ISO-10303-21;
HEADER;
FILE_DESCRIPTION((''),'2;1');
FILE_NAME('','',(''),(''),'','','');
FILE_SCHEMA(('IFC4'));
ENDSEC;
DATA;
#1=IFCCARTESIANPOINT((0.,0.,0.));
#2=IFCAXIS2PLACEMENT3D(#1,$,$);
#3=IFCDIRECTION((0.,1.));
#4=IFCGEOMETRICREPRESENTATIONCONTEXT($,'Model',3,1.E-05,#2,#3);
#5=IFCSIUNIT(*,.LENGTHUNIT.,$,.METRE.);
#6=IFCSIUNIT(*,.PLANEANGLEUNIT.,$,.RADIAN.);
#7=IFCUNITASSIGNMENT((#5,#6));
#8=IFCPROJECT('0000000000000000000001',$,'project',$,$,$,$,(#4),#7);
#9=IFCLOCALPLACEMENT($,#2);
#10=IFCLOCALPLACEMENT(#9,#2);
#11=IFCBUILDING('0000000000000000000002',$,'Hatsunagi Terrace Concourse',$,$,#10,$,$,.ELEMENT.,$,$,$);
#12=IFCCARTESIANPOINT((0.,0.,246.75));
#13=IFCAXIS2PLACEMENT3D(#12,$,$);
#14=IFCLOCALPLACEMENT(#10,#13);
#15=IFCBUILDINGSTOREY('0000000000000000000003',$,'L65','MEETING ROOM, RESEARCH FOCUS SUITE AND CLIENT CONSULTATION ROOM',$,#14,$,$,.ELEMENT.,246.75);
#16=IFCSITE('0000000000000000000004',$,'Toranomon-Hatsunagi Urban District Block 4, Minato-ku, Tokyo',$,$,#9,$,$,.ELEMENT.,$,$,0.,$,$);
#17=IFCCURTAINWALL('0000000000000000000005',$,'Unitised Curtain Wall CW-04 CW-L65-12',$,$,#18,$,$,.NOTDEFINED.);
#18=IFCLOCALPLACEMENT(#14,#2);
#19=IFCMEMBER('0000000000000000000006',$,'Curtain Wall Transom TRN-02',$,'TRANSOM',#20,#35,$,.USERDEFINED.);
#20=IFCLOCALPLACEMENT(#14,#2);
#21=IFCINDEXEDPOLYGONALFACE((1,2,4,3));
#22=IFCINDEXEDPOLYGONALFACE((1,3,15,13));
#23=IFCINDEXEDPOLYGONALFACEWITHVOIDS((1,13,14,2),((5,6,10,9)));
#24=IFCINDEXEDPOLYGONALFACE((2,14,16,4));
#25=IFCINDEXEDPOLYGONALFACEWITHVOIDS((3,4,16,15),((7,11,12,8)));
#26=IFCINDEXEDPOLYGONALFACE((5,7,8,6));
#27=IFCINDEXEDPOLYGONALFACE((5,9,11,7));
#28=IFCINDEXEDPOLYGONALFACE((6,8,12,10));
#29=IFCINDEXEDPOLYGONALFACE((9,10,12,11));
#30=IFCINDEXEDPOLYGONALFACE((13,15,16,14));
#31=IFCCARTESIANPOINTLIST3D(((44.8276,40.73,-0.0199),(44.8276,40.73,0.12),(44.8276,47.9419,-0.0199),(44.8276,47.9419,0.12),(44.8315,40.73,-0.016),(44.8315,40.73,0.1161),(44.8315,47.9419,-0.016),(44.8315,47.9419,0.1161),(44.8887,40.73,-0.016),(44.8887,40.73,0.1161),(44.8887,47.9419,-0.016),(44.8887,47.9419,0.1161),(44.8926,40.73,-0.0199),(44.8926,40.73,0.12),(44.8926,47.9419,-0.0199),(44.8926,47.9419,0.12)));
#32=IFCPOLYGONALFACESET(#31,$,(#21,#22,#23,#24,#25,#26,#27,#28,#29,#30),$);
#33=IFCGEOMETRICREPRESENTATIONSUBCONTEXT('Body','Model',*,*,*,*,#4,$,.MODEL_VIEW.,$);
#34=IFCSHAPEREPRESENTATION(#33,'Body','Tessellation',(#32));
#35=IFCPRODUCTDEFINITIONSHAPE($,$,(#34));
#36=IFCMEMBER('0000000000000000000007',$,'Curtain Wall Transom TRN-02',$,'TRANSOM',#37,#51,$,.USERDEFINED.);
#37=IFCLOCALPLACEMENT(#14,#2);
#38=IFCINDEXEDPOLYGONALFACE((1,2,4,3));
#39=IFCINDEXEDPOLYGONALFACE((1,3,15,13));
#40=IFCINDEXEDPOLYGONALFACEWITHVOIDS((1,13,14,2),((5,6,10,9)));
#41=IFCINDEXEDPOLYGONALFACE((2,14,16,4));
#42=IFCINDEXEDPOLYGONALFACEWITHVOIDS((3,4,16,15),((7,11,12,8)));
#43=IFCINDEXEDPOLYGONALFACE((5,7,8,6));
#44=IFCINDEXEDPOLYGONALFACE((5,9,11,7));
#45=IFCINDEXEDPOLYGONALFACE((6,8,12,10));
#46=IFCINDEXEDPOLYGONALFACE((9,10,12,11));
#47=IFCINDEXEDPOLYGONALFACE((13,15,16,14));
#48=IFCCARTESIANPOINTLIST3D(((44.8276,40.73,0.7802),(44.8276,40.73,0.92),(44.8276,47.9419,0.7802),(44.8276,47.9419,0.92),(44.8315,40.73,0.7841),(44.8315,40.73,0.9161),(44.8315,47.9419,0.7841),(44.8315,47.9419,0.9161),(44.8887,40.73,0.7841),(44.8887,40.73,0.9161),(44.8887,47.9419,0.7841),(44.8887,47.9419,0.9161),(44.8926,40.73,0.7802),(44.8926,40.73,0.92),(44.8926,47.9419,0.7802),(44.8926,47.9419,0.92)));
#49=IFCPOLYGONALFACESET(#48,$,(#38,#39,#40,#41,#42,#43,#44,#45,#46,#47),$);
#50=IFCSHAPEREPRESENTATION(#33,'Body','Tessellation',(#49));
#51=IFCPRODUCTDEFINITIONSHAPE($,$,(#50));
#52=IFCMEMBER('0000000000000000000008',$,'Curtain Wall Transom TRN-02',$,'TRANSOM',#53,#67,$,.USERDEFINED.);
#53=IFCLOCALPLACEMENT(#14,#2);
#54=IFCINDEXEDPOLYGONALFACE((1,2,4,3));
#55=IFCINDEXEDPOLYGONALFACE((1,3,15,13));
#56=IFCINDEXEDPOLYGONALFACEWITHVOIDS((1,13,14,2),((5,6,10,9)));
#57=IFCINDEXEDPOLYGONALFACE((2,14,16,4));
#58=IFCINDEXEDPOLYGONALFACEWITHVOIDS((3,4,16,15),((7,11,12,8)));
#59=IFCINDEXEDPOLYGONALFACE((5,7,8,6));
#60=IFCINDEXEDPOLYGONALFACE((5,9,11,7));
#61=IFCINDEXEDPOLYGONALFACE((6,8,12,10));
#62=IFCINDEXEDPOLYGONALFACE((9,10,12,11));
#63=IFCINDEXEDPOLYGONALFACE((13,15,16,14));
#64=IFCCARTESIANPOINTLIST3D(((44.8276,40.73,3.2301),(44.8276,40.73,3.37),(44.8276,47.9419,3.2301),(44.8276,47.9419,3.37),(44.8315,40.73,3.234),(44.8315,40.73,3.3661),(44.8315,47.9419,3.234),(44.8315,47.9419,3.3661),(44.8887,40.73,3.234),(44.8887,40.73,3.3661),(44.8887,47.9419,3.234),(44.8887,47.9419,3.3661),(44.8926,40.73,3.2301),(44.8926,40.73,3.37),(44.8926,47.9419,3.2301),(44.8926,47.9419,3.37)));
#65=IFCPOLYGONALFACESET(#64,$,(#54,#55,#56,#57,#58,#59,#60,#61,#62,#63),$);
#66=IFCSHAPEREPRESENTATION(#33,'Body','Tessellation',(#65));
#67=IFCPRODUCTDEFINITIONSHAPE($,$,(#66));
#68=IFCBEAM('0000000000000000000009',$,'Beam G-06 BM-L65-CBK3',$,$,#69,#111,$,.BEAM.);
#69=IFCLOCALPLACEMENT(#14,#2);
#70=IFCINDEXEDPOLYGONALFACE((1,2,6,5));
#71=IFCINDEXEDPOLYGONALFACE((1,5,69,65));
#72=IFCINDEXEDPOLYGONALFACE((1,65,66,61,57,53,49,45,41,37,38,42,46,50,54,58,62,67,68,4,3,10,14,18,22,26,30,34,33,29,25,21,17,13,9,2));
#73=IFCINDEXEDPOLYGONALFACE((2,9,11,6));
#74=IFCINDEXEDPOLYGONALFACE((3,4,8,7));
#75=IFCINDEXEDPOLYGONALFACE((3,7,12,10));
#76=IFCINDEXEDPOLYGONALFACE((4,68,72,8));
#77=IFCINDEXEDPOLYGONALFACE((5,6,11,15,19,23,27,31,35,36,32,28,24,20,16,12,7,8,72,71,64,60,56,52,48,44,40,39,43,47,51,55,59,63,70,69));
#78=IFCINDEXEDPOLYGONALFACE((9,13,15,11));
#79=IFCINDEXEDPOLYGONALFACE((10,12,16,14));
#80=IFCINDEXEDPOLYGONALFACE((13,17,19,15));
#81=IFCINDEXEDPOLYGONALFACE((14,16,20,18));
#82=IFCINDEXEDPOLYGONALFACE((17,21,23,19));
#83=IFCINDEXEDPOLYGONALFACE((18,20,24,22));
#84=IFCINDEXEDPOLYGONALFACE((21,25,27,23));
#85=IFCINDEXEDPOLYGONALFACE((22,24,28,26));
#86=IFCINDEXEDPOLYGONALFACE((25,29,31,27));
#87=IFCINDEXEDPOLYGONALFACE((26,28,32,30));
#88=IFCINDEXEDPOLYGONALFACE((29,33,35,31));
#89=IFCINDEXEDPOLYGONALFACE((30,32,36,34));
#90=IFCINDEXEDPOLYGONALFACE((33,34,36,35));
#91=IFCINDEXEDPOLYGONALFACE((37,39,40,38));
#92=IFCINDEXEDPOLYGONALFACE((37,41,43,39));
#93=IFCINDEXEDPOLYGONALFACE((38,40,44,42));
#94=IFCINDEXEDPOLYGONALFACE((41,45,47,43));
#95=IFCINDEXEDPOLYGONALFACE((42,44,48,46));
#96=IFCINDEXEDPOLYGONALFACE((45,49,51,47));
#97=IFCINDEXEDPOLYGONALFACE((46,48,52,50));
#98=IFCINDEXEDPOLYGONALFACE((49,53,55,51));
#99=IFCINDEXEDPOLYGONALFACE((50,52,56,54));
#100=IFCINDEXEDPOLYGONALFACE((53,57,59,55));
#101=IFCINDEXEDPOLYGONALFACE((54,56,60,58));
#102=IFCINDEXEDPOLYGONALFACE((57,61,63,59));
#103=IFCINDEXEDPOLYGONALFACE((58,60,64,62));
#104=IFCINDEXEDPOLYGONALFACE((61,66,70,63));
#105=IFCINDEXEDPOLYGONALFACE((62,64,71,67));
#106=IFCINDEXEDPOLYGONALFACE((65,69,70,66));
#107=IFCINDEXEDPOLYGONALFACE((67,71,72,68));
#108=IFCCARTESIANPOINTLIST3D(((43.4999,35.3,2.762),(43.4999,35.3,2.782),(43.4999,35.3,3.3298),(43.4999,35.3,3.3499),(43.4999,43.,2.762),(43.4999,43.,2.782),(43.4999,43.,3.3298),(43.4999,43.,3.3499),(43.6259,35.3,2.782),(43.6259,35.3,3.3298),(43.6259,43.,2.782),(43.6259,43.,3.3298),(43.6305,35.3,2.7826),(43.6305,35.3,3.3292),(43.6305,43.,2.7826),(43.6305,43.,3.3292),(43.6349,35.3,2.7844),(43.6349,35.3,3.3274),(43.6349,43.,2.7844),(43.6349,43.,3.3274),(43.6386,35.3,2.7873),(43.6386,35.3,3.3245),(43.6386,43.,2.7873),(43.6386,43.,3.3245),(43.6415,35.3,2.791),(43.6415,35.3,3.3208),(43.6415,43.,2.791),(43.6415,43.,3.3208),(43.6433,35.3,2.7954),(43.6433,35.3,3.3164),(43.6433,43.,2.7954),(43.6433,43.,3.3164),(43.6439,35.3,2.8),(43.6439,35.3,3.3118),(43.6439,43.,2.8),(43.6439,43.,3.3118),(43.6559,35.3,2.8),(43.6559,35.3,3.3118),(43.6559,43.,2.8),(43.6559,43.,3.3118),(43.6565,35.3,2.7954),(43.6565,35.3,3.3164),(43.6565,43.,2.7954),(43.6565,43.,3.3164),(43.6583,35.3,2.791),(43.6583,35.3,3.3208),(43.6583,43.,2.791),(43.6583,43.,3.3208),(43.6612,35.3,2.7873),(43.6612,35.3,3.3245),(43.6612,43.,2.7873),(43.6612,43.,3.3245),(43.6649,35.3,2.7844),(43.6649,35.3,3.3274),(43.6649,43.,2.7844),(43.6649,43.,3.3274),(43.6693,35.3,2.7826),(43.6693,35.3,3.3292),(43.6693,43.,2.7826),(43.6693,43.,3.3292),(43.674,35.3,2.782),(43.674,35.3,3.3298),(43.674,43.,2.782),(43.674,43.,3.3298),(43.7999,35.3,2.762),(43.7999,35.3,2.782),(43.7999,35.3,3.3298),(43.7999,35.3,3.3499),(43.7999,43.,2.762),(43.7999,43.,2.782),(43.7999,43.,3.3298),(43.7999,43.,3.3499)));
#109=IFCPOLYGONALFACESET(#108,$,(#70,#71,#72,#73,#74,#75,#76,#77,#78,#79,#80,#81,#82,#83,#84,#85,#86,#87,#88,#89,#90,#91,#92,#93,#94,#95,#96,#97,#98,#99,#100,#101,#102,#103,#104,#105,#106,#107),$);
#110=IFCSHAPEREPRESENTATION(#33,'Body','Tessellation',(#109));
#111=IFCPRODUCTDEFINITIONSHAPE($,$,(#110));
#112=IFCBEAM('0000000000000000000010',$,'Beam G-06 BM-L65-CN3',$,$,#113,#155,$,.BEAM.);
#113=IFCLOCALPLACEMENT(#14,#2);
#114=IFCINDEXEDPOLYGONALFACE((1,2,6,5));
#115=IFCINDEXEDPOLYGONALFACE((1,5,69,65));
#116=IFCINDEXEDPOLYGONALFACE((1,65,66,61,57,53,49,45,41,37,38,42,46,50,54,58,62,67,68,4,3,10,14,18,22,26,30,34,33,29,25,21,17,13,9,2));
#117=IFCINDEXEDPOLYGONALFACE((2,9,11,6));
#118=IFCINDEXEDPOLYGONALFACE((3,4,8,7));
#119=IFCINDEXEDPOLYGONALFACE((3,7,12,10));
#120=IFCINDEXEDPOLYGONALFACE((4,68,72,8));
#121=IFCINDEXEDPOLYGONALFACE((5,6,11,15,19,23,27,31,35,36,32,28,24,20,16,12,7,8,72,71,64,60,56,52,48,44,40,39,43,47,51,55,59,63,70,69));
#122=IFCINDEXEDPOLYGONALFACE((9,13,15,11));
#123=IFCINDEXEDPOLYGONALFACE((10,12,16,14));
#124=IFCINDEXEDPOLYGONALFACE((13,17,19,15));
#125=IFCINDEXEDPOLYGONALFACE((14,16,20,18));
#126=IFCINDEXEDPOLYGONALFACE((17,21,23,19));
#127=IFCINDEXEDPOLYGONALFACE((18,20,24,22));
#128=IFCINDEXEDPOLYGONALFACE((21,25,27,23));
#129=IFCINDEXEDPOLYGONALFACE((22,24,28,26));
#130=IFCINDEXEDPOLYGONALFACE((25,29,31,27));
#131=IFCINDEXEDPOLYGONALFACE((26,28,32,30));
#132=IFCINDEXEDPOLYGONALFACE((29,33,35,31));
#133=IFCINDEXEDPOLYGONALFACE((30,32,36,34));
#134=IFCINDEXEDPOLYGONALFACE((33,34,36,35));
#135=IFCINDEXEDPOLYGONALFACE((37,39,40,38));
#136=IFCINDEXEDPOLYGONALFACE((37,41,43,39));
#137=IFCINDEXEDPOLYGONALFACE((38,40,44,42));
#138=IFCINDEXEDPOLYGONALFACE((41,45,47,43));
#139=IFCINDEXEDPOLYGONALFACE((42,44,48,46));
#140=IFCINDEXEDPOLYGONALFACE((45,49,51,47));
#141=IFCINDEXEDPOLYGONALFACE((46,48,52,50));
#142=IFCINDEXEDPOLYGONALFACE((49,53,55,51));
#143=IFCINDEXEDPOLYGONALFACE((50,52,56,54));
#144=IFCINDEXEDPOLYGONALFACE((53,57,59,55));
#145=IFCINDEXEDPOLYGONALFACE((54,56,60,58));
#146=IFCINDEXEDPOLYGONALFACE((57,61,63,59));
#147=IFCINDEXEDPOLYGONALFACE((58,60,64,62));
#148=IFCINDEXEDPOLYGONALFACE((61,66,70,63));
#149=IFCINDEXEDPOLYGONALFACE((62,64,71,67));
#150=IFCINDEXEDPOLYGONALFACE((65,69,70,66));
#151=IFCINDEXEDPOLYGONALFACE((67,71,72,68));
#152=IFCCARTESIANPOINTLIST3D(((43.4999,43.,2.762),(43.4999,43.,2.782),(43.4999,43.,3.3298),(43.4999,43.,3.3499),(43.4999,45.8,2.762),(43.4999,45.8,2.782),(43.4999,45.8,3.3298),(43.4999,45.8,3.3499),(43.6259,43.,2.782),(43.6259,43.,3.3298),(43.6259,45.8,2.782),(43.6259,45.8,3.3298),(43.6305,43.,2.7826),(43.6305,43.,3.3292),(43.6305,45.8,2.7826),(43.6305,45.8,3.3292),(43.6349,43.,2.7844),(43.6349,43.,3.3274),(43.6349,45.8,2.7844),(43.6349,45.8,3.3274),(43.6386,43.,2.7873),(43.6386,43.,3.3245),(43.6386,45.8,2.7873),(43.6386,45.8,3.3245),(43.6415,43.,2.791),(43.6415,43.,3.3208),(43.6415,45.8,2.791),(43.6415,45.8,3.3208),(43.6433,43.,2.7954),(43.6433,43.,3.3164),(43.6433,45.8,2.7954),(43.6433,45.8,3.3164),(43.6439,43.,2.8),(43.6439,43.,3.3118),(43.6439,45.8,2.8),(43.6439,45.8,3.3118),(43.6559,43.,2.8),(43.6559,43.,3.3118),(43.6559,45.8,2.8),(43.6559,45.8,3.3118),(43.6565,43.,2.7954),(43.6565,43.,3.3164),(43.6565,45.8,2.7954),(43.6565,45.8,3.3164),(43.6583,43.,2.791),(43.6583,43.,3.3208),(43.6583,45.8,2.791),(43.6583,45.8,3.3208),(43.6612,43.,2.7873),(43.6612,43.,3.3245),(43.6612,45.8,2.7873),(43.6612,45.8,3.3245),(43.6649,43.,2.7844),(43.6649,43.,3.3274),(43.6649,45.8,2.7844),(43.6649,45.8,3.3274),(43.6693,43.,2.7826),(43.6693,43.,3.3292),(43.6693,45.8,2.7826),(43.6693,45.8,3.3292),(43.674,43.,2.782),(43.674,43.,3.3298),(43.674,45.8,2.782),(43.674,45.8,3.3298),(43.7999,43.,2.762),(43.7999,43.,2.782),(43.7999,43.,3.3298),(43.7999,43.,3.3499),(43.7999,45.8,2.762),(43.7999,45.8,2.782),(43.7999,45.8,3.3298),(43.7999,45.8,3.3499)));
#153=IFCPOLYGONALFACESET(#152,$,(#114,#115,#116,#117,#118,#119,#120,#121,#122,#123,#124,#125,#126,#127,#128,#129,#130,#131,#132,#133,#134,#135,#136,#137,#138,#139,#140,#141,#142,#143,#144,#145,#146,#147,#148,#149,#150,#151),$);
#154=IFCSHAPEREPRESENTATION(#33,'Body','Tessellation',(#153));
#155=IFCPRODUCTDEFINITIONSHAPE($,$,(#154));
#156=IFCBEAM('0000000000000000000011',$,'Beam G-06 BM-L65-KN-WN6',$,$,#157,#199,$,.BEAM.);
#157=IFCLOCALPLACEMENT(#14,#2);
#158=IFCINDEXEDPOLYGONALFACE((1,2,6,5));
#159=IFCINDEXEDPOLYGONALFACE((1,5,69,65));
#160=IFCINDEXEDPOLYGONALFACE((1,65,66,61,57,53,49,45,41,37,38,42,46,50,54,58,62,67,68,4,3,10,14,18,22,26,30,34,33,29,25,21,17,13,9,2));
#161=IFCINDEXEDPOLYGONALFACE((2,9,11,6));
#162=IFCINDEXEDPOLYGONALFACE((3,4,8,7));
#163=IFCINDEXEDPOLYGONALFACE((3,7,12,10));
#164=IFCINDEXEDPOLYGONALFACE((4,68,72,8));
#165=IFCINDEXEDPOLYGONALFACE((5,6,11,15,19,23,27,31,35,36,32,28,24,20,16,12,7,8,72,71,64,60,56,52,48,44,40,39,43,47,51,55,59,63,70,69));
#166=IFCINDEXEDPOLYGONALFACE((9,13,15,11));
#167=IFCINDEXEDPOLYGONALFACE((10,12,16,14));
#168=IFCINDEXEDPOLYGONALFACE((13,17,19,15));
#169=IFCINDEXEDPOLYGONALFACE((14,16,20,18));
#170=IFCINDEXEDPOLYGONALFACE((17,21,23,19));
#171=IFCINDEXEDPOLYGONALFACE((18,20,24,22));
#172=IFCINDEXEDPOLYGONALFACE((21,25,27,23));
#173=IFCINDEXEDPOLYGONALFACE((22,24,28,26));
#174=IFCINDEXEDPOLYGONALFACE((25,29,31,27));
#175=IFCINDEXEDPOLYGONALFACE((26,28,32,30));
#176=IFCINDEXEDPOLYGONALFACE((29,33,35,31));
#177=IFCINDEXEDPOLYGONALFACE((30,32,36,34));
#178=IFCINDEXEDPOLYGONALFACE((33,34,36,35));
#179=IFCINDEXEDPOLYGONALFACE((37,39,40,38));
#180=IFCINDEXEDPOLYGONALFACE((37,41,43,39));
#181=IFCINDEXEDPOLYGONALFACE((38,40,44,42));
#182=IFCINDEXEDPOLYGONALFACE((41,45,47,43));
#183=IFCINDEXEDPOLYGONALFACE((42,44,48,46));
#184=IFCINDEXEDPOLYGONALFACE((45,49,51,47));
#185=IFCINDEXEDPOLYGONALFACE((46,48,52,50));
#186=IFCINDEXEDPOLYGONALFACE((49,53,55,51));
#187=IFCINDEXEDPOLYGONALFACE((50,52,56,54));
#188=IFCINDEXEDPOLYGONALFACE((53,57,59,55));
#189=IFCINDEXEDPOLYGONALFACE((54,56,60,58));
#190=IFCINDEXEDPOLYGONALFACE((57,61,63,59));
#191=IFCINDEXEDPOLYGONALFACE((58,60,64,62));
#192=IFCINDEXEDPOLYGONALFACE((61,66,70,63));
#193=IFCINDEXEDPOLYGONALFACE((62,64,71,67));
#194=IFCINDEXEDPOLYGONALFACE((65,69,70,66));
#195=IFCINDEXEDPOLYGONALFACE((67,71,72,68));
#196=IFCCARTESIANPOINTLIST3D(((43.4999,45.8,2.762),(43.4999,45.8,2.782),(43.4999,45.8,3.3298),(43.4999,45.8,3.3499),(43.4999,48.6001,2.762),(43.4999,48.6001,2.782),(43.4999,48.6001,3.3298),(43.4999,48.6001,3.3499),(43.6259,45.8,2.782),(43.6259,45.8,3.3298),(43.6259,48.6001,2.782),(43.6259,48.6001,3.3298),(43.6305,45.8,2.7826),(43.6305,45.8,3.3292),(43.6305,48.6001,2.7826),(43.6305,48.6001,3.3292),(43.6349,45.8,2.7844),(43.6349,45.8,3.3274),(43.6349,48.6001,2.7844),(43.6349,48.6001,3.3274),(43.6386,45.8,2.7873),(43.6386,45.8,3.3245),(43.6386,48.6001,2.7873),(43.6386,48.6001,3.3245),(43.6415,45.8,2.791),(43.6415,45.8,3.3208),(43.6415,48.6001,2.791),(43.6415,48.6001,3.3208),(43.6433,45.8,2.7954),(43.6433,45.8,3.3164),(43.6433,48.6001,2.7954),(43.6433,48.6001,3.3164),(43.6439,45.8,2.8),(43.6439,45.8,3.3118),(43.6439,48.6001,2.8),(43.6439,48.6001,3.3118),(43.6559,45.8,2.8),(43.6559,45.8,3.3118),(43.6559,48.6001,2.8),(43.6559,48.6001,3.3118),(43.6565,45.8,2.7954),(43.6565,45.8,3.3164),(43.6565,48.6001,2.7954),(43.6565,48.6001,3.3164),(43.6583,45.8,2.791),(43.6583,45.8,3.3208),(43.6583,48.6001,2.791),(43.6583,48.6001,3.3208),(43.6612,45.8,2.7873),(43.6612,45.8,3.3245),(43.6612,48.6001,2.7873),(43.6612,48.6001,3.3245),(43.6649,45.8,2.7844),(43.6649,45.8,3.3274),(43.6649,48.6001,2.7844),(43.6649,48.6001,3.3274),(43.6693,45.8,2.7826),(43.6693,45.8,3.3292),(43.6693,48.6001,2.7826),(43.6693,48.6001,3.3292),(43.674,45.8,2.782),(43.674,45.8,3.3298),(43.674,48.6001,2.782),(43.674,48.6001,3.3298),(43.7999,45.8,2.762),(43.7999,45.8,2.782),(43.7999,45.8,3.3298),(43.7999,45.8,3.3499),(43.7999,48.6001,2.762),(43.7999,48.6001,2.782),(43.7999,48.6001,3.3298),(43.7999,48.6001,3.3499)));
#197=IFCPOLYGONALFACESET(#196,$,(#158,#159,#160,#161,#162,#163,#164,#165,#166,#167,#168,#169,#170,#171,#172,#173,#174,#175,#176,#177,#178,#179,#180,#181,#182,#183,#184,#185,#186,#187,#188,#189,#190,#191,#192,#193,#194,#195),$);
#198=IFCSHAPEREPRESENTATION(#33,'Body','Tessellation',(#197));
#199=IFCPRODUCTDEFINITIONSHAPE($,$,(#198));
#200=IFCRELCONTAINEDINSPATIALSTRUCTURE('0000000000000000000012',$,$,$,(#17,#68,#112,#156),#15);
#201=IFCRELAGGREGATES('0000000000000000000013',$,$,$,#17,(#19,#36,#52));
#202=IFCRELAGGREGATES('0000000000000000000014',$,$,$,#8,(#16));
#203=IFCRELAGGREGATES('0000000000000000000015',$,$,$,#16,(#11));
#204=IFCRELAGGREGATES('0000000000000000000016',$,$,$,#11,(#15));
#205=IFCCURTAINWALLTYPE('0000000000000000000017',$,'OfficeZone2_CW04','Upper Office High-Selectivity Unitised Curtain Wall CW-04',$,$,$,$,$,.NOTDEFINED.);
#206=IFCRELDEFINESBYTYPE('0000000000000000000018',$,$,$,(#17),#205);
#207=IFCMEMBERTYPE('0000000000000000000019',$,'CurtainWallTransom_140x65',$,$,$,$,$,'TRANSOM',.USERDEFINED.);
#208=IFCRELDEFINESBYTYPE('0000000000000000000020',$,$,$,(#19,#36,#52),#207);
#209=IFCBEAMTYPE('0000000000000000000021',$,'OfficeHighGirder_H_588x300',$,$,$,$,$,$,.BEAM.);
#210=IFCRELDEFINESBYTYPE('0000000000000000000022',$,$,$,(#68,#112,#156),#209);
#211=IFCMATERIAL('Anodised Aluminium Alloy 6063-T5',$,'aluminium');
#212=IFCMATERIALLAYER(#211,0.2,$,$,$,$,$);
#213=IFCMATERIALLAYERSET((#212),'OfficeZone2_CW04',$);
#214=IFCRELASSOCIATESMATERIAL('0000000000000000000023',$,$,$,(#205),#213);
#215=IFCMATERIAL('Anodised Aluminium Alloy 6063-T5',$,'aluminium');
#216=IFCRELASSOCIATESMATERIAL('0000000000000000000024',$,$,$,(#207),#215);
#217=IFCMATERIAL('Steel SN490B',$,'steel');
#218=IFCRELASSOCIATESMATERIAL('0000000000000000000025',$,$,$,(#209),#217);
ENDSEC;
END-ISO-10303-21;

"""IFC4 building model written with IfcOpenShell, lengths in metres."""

from ifc_helpers import new_model, si_unit, direction, frame, origin, origin_2d, place, context, subcontext, project, spatial, hollow_rectangle, i_section, extrude, material, layer, layer_set, material_profile, profile_set, type_object, element, aggregate, save


model = new_model("IFC4")

# Units and contexts
model_context = context("Model", 3, precision=1e-05, world=origin(), true_north=direction((0.0, 1.0)))
body_context = subcontext(model_context, "Body", "Model", "MODEL_VIEW")
ifc_project = project(units=[si_unit("LENGTHUNIT", "METRE"), si_unit("PLANEANGLEUNIT", "RADIAN")], contexts=[model_context])

# Site, building, storey
site_placement = place(None, origin())
site = spatial("IfcSite", under=ifc_project, at=site_placement, Name="Toranomon-Hatsunagi Urban District Block 4, Minato-ku, Tokyo", CompositionType="ELEMENT", RefElevation=0.0)
building_placement = place(site_placement, origin())
building = spatial("IfcBuilding", under=site, at=building_placement, Name="Hatsunagi Terrace Concourse", CompositionType="ELEMENT")
storey_placement = place(building_placement, frame((0.0, 0.0, 246.75)))
storey = spatial("IfcBuildingStorey", under=building, at=storey_placement, Name="L65", Description="MEETING ROOM, RESEARCH FOCUS SUITE AND CLIENT CONSULTATION ROOM", CompositionType="ELEMENT", Elevation=246.75)

# Curtain wall
ifc_material_1 = material(Name="Anodised Aluminium Alloy 6063-T5", Category="aluminium")
ifc_layer_1 = layer(ifc_material_1, 0.2)
ifc_layer_set_1 = layer_set([ifc_layer_1], Name="OfficeZone2_CW04")
curtain_wall_type = type_object("IfcCurtainWallType", Name="OfficeZone2_CW04", Description="Upper Office High-Selectivity Unitised Curtain Wall CW-04", PredefinedType="NOTDEFINED", material=ifc_layer_set_1)
curtain_wall_1_placement = place(storey_placement, origin())
curtain_wall_1 = element("IfcCurtainWall", 1, at=curtain_wall_1_placement, inside=storey, type_object=curtain_wall_type, Name="Unitised Curtain Wall CW-04 CW-L65-12", PredefinedType="NOTDEFINED")
ifc_material_2 = material(Name="Anodised Aluminium Alloy 6063-T5", Category="aluminium")
ifc_material_profile_1 = material_profile(ifc_material_2, hollow_rectangle(XDim=0.0649, YDim=0.1399, WallThickness=0.0039, at=origin_2d()), Name="ALU-TRN-140x65x4")
ifc_profile_set_1 = profile_set([ifc_material_profile_1], Name="Anodised Aluminium Alloy 6063-T5")
member_type_1 = type_object("IfcMemberType", Name="CurtainWallTransom_140x65", ElementType="TRANSOM", PredefinedType="USERDEFINED", material=ifc_profile_set_1)

# Members
member_1_placement = place(storey_placement, frame((44.8601, 47.9419, 0.05), z_axis=(0.0, -1.0, 0.0), x_axis=(1.0, 0.0, 0.0)))
member_1 = element("IfcMember", 2, at=member_1_placement, type_object=member_type_1, Name="Curtain Wall Transom TRN-02", ObjectType="TRANSOM", PredefinedType="USERDEFINED", context=body_context, shape_type="SweptSolid", body=[
    extrude(hollow_rectangle(XDim=0.0649, YDim=0.1399, WallThickness=0.0039, at=origin_2d()), origin(), (0.0, 0.0, 1.0), 7.2119),
])
member_2_placement = place(storey_placement, frame((44.8601, 47.9419, 0.8501), z_axis=(0.0, -1.0, 0.0), x_axis=(1.0, 0.0, 0.0)))
member_2 = element("IfcMember", 3, at=member_2_placement, type_object=member_type_1, Name="Curtain Wall Transom TRN-02", ObjectType="TRANSOM", PredefinedType="USERDEFINED", context=body_context, shape_type="SweptSolid", body=[
    extrude(hollow_rectangle(XDim=0.0649, YDim=0.1399, WallThickness=0.0039, at=origin_2d()), origin(), (0.0, 0.0, 1.0), 7.2119),
])
member_3_placement = place(storey_placement, frame((44.8601, 47.9419, 3.3), z_axis=(0.0, -1.0, 0.0), x_axis=(1.0, 0.0, 0.0)))
member_3 = element("IfcMember", 4, at=member_3_placement, type_object=member_type_1, Name="Curtain Wall Transom TRN-02", ObjectType="TRANSOM", PredefinedType="USERDEFINED", context=body_context, shape_type="SweptSolid", body=[
    extrude(hollow_rectangle(XDim=0.0649, YDim=0.1399, WallThickness=0.0039, at=origin_2d()), origin(), (0.0, 0.0, 1.0), 7.2119),
])

# Beams
ifc_material_3 = material(Name="Steel SN490B", Category="steel")
ifc_material_profile_2 = material_profile(ifc_material_3, i_section(OverallWidth=0.3, OverallDepth=0.5879, WebThickness=0.012, FlangeThickness=0.02, FilletRadius=0.0181, at=origin_2d()), Name="H-588x300x12x20")
ifc_profile_set_2 = profile_set([ifc_material_profile_2], Name="Steel SN490B")
beam_type_1 = type_object("IfcBeamType", Name="OfficeHighGirder_H_588x300", PredefinedType="BEAM", material=ifc_profile_set_2)
beam_1_placement = place(storey_placement, frame((43.6499, 35.3, 3.0559), z_axis=(0.0, 1.0, 0.0), x_axis=(-1.0, 0.0, 0.0)))
element("IfcBeam", 5, at=beam_1_placement, inside=storey, type_object=beam_type_1, Name="Beam G-06 BM-L65-CBK3", PredefinedType="BEAM", context=body_context, shape_type="SweptSolid", body=[
    extrude(i_section(OverallWidth=0.3, OverallDepth=0.5879, WebThickness=0.012, FlangeThickness=0.02, FilletRadius=0.0181, at=origin_2d()), origin(), (0.0, 0.0, 1.0), 7.7),
])
for number, where, z_axis, x_axis, name in (
    (6, (43.6499, 43.0, 3.0559), (0.0, 1.0, 0.0), (-1.0, 0.0, 0.0), "Beam G-06 BM-L65-CN3"),
    (7, (43.6499, 45.8, 3.0559), (0.0, 1.0, 0.0), (-1.0, 0.0, 0.0), "Beam G-06 BM-L65-KN-WN6"),
):
    element("IfcBeam", number, at=place(storey_placement, frame(where, z_axis=z_axis, x_axis=x_axis)), inside=storey, type_object=beam_type_1, Name=name, PredefinedType="BEAM", context=body_context, shape_type="SweptSolid", body=[
        extrude(i_section(OverallWidth=0.3, OverallDepth=0.5879, WebThickness=0.012, FlangeThickness=0.02, FilletRadius=0.0181, at=origin_2d()), origin(), (0.0, 0.0, 1.0), 2.8),
    ])

aggregate(curtain_wall_1, [member_1, member_2, member_3])

save(model, "model.ifc")
